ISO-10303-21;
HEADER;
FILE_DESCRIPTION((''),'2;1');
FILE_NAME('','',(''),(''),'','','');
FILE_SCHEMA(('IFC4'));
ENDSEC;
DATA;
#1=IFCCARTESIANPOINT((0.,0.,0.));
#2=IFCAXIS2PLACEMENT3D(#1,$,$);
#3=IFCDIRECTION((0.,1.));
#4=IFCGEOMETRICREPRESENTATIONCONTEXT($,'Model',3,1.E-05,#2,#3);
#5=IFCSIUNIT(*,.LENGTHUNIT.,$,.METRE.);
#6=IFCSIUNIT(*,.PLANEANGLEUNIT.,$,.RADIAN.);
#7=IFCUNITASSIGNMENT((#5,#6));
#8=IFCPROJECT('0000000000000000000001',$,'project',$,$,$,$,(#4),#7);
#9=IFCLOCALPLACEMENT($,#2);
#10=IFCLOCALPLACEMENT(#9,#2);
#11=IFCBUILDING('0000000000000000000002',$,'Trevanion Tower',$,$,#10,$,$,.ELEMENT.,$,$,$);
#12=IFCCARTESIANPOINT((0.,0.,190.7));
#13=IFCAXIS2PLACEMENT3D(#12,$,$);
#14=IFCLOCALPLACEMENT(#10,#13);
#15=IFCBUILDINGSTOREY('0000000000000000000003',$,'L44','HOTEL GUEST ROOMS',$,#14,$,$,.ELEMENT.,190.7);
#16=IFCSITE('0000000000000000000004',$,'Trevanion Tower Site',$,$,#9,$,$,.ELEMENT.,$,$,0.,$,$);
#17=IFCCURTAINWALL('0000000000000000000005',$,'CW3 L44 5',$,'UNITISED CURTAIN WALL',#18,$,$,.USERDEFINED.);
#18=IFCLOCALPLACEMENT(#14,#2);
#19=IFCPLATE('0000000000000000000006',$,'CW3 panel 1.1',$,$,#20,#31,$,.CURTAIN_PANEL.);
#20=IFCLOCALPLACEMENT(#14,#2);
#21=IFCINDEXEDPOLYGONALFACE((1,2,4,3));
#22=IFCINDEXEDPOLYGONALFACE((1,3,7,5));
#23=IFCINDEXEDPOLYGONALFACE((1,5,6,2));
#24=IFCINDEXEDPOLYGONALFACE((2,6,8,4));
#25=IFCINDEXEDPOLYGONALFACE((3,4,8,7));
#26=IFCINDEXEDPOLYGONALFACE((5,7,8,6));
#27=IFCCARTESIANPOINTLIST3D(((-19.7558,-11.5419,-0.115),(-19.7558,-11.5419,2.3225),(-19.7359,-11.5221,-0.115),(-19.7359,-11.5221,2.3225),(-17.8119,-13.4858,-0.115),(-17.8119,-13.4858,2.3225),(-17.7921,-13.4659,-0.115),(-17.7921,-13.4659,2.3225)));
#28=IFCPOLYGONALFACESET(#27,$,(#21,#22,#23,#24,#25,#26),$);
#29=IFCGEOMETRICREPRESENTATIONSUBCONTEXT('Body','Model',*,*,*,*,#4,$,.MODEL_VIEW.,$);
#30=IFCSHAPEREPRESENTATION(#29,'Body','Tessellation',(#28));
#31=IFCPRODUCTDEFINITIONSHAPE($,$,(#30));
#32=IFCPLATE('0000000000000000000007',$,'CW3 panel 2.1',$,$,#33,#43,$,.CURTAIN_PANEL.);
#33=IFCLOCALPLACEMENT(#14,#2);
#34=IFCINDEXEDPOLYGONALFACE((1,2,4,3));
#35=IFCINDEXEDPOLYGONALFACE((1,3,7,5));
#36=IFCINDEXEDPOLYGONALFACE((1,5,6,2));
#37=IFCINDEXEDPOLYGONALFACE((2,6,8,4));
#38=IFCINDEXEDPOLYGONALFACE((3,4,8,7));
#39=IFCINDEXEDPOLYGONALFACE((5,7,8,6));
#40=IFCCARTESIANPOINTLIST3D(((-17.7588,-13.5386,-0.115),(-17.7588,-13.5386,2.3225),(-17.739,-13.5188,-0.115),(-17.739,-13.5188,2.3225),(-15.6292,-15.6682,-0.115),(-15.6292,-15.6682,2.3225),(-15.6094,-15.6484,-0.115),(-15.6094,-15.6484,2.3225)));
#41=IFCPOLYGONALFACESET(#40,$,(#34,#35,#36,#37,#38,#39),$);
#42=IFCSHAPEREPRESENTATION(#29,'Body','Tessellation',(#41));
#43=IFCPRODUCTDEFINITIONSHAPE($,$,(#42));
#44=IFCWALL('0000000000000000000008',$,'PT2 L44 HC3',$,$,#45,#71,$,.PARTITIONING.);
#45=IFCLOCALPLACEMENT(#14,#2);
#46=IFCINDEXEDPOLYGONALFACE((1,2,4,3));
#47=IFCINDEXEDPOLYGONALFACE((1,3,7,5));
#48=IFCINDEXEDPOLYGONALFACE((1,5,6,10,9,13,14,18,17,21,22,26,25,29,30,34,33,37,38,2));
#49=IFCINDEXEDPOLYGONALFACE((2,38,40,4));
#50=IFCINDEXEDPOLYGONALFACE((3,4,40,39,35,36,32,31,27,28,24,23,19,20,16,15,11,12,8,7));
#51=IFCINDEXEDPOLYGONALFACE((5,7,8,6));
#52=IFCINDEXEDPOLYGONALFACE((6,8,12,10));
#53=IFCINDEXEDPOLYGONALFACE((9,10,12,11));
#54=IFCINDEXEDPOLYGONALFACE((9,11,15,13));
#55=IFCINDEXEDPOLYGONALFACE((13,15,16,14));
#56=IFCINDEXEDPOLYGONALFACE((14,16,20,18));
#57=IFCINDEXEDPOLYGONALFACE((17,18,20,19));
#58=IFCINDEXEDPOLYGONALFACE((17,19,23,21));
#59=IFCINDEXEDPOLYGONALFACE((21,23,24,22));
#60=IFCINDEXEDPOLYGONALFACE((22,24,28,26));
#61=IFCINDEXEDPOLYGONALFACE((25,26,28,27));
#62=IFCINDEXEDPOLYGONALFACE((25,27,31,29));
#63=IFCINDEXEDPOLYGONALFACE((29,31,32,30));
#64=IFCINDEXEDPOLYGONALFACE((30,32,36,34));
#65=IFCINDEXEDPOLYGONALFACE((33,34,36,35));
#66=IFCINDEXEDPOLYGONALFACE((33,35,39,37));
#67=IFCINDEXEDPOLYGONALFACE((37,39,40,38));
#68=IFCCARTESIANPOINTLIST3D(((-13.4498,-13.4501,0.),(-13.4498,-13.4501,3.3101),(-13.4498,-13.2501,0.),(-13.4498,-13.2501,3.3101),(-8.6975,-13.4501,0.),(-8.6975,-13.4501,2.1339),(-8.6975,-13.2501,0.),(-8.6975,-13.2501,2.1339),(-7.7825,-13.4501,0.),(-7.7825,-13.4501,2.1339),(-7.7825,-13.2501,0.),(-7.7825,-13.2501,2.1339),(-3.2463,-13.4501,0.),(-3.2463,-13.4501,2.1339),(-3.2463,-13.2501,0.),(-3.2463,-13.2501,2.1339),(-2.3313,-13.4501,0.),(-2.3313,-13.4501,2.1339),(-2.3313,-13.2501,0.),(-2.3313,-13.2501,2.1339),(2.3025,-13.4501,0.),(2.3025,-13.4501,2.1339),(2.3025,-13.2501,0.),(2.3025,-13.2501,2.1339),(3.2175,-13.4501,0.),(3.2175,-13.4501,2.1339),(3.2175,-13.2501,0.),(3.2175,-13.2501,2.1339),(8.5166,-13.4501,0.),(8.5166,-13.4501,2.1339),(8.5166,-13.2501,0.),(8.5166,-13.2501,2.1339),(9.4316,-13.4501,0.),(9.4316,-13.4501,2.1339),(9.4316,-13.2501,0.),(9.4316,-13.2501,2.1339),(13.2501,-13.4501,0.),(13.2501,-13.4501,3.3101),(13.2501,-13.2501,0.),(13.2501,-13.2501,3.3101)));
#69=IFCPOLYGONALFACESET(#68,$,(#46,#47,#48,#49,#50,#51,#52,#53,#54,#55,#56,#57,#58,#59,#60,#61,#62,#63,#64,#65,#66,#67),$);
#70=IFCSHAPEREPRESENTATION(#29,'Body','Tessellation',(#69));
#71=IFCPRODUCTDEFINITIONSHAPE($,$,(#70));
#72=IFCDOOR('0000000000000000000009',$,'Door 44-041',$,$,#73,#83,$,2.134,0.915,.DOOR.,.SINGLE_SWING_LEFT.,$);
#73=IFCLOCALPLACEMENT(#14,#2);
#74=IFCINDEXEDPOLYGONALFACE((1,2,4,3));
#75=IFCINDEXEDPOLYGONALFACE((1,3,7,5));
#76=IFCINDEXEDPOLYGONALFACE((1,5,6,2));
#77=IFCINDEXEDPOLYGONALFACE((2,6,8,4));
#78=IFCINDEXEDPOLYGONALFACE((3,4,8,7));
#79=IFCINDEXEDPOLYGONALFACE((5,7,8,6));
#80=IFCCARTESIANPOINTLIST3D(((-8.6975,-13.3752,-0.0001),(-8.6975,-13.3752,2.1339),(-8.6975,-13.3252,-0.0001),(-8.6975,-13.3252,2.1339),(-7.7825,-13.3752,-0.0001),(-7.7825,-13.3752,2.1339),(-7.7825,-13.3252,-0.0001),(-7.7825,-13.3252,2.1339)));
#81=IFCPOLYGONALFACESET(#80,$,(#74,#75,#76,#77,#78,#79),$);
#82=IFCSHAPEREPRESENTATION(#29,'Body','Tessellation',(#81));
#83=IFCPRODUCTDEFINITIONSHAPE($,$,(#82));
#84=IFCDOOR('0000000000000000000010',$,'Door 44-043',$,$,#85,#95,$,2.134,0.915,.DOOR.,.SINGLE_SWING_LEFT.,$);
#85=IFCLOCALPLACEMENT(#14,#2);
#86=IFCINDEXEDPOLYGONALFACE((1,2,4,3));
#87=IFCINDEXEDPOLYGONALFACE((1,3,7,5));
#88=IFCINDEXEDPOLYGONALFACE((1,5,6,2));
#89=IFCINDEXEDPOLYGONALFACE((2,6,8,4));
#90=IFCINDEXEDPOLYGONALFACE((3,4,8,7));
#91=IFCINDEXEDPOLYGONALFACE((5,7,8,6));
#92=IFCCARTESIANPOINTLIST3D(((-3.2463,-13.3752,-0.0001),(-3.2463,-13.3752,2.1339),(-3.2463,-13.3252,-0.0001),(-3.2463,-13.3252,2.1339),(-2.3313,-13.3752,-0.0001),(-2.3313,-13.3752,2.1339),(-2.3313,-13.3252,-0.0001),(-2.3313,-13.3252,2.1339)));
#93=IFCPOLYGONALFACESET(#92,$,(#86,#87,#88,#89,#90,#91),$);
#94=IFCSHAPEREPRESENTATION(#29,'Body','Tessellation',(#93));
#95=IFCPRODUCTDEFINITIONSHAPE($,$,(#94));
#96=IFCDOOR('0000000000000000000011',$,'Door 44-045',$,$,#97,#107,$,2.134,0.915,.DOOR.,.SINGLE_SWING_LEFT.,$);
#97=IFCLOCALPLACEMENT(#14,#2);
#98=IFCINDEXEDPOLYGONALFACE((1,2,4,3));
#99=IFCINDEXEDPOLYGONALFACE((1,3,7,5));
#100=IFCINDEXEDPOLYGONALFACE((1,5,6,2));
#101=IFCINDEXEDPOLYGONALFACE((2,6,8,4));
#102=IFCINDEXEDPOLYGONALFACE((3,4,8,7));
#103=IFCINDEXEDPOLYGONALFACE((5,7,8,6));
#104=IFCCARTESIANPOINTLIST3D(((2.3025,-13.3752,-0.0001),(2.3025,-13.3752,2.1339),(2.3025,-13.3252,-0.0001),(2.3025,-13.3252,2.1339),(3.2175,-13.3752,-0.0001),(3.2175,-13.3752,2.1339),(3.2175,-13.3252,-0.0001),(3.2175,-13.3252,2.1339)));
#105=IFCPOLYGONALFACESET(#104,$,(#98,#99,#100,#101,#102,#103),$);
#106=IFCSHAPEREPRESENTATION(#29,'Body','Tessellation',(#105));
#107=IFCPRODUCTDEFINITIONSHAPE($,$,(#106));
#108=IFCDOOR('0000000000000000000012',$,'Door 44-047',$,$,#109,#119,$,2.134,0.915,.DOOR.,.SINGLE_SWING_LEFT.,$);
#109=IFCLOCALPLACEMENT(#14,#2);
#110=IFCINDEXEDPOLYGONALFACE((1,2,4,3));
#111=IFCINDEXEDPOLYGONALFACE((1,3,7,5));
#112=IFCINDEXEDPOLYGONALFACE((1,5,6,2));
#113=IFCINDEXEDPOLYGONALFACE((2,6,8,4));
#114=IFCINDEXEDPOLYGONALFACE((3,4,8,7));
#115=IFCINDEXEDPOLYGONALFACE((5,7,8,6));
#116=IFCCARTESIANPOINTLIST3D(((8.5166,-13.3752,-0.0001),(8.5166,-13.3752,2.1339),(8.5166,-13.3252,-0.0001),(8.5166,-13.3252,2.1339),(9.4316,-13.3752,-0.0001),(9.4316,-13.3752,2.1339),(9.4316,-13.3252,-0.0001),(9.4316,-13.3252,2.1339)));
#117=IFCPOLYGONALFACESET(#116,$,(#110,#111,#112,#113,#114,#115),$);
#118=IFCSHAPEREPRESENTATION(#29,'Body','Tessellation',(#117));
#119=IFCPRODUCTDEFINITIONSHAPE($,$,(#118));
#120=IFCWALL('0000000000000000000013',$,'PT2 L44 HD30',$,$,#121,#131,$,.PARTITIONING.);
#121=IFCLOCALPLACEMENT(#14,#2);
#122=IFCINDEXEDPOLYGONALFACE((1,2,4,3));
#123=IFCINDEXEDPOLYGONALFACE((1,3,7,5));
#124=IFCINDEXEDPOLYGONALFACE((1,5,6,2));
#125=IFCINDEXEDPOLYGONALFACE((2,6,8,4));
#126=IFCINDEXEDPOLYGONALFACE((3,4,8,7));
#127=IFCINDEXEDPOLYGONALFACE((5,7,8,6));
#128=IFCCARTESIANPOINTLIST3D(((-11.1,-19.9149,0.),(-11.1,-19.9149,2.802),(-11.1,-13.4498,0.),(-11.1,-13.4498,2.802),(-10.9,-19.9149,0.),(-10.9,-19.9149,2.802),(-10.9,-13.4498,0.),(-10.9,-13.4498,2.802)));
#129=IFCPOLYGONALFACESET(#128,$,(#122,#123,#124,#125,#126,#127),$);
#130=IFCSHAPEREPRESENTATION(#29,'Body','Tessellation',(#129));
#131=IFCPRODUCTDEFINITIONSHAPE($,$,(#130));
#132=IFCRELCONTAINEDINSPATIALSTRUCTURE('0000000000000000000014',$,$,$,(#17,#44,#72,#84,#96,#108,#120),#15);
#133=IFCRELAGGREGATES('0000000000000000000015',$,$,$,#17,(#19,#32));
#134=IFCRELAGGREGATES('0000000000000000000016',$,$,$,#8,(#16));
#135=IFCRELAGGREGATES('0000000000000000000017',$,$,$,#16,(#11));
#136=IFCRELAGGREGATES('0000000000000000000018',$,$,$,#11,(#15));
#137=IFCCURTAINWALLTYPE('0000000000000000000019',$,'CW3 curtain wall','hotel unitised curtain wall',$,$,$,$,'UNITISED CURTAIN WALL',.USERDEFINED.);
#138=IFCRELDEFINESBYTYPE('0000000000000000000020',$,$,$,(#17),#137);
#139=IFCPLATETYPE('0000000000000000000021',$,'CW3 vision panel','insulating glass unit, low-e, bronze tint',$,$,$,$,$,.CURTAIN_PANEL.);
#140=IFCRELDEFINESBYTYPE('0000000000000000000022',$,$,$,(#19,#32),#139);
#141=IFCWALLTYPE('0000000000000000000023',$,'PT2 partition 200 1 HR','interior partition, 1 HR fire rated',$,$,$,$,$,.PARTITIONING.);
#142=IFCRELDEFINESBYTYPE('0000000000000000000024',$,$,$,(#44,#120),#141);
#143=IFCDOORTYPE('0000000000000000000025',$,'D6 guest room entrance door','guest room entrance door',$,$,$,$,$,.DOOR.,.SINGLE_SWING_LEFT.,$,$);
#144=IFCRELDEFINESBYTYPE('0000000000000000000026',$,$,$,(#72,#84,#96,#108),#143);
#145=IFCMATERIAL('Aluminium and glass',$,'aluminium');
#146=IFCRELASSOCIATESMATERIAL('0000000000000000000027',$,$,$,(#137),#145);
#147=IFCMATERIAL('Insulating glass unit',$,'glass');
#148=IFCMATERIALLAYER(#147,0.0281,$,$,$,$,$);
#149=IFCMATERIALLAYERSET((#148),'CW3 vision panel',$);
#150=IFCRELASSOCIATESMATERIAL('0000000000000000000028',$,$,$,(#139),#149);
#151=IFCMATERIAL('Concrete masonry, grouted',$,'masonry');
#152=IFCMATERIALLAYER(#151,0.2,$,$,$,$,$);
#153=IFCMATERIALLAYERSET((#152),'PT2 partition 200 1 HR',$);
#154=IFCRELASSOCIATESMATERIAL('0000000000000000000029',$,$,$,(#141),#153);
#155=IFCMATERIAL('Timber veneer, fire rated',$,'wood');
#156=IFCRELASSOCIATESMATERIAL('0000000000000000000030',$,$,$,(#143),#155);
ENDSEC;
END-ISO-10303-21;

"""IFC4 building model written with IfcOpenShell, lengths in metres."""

from ifc_helpers import new_model, si_unit, direction, frame, frame_2d, origin, origin_2d, place, context, subcontext, project, spatial, rectangle, extrude, material, layer, layer_set, type_object, element, fill, aggregate, save


model = new_model("IFC4")

# Units and contexts
model_context = context("Model", 3, precision=1e-05, world=origin(), true_north=direction((0.0, 1.0)))
body_context = subcontext(model_context, "Body", "Model", "MODEL_VIEW")
ifc_project = project(units=[si_unit("LENGTHUNIT", "METRE"), si_unit("PLANEANGLEUNIT", "RADIAN")], contexts=[model_context])

# Site, building, storey
site_placement = place(None, origin())
site = spatial("IfcSite", under=ifc_project, at=site_placement, Name="Trevanion Tower Site", CompositionType="ELEMENT", RefElevation=0.0)
building_placement = place(site_placement, origin())
building = spatial("IfcBuilding", under=site, at=building_placement, Name="Trevanion Tower", CompositionType="ELEMENT")
storey_placement = place(building_placement, frame((0.0, 0.0, 190.7)))
storey = spatial("IfcBuildingStorey", under=building, at=storey_placement, Name="L44", Description="HOTEL GUEST ROOMS", CompositionType="ELEMENT", Elevation=190.7)

# Curtain wall
ifc_material_1 = material(Name="Aluminium and glass", Category="aluminium")
curtain_wall_type = type_object("IfcCurtainWallType", Name="CW3 curtain wall", Description="hotel unitised curtain wall", ElementType="UNITISED CURTAIN WALL", PredefinedType="USERDEFINED", material=ifc_material_1)
curtain_wall_1_placement = place(storey_placement, origin())
curtain_wall_1 = element("IfcCurtainWall", 1, at=curtain_wall_1_placement, inside=storey, type_object=curtain_wall_type, Name="CW3 L44 5", ObjectType="UNITISED CURTAIN WALL", PredefinedType="USERDEFINED")

# Plates
ifc_material_2 = material(Name="Insulating glass unit", Category="glass")
ifc_layer_1 = layer(ifc_material_2, 0.0281)
ifc_layer_set_1 = layer_set([ifc_layer_1], Name="CW3 vision panel")
plate_type_1 = type_object("IfcPlateType", Name="CW3 vision panel", Description="insulating glass unit, low-e, bronze tint", PredefinedType="CURTAIN_PANEL", material=ifc_layer_set_1)
plate_1_placement = place(storey_placement, frame((-18.7739, -12.5039, -0.115), z_axis=(0.0, 0.0, 1.0), x_axis=(0.707107, -0.707107, 0.0)))
plate_1 = element("IfcPlate", 2, at=plate_1_placement, type_object=plate_type_1, Name="CW3 panel 1.1", PredefinedType="CURTAIN_PANEL", context=body_context, shape_type="SweptSolid", body=[
    extrude(rectangle(XDim=2.749, YDim=0.0281, at=origin_2d()), origin(), (0.0, 0.0, 1.0), 2.4375),
])
plate_2_placement = place(storey_placement, frame((-16.6841, -14.5935, -0.115), z_axis=(0.0, 0.0, 1.0), x_axis=(0.707107, -0.707107, 0.0)))
plate_2 = element("IfcPlate", 3, at=plate_2_placement, type_object=plate_type_1, Name="CW3 panel 2.1", PredefinedType="CURTAIN_PANEL", context=body_context, shape_type="SweptSolid", body=[
    extrude(rectangle(XDim=3.0117, YDim=0.0281, at=origin_2d()), origin(), (0.0, 0.0, 1.0), 2.4375),
])
aggregate(curtain_wall_1, [plate_1, plate_2])

# Wall, openings, doors
ifc_material_3 = material(Name="Concrete masonry, grouted", Category="masonry")
ifc_layer_2 = layer(ifc_material_3, 0.2)
ifc_layer_set_2 = layer_set([ifc_layer_2], Name="PT2 partition 200 1 HR")
wall_type = type_object("IfcWallType", Name="PT2 partition 200 1 HR", Description="interior partition, 1 HR fire rated", PredefinedType="PARTITIONING", material=ifc_layer_set_2)
wall_1_placement = place(storey_placement, frame((-13.45, -13.3501, 0.0), z_axis=(0.0, 0.0, 1.0), x_axis=(1.0, 0.0, 0.0)))
wall_1 = element("IfcWall", 4, at=wall_1_placement, inside=storey, type_object=wall_type, Name="PT2 L44 HC3", PredefinedType="PARTITIONING", context=body_context, shape_type="SweptSolid", body=[
    extrude(rectangle(XDim=26.7, YDim=0.2, at=frame_2d((13.3501, 0.0))), origin(), (0.0, 0.0, 1.0), 3.3101),
])
opening_1_placement = place(wall_1_placement, frame((4.7524, 0.0, 0.0)))
opening_1 = element("IfcOpeningElement", 5, at=opening_1_placement, cuts=wall_1, PredefinedType="OPENING", context=body_context, shape_type="SweptSolid", body=[
    extrude(rectangle(XDim=0.915, YDim=2.134, at=frame_2d((0.4575, 1.0669))), frame((0.0, 0.1099, 0.0), z_axis=(0.0, -1.0, 0.0), x_axis=(1.0, 0.0, 0.0)), (0.0, 0.0, 1.0), 0.22),
])
opening_2_placement = place(wall_1_placement, frame((10.2036, 0.0, 0.0)))
opening_2 = element("IfcOpeningElement", 6, at=opening_2_placement, cuts=wall_1, PredefinedType="OPENING", context=body_context, shape_type="SweptSolid", body=[
    extrude(rectangle(XDim=0.915, YDim=2.134, at=frame_2d((0.4575, 1.0669))), frame((0.0, 0.1099, 0.0), z_axis=(0.0, -1.0, 0.0), x_axis=(1.0, 0.0, 0.0)), (0.0, 0.0, 1.0), 0.22),
])
opening_3_placement = place(wall_1_placement, frame((15.7524, 0.0, 0.0)))
opening_3 = element("IfcOpeningElement", 7, at=opening_3_placement, cuts=wall_1, PredefinedType="OPENING", context=body_context, shape_type="SweptSolid", body=[
    extrude(rectangle(XDim=0.915, YDim=2.134, at=frame_2d((0.4575, 1.0669))), frame((0.0, 0.1099, 0.0), z_axis=(0.0, -1.0, 0.0), x_axis=(1.0, 0.0, 0.0)), (0.0, 0.0, 1.0), 0.22),
])
opening_4_placement = place(wall_1_placement, frame((21.9666, 0.0, 0.0)))
opening_4 = element("IfcOpeningElement", 8, at=opening_4_placement, cuts=wall_1, PredefinedType="OPENING", context=body_context, shape_type="SweptSolid", body=[
    extrude(rectangle(XDim=0.915, YDim=2.134, at=frame_2d((0.4575, 1.0669))), frame((0.0, 0.1099, 0.0), z_axis=(0.0, -1.0, 0.0), x_axis=(1.0, 0.0, 0.0)), (0.0, 0.0, 1.0), 0.22),
])
ifc_material_4 = material(Name="Timber veneer, fire rated", Category="wood")
door_type = type_object("IfcDoorType", Name="D6 guest room entrance door", Description="guest room entrance door", OperationType="SINGLE_SWING_LEFT", PredefinedType="DOOR", material=ifc_material_4)
door_1_placement = place(opening_1_placement, origin())
door_1 = element("IfcDoor", 9, at=door_1_placement, inside=storey, type_object=door_type, Name="Door 44-041", OperationType="SINGLE_SWING_LEFT", OverallHeight=2.134, OverallWidth=0.915, PredefinedType="DOOR", context=body_context, shape_type="SweptSolid", body=[
    extrude(rectangle(XDim=0.915, YDim=2.134, at=frame_2d((0.4575, 1.0669))), frame((0.0, 0.0249, 0.0), z_axis=(0.0, -1.0, 0.0), x_axis=(1.0, 0.0, 0.0)), (0.0, 0.0, 1.0), 0.05),
])
fill(opening_1, door_1)
door_2_placement = place(opening_2_placement, origin())
door_2 = element("IfcDoor", 10, at=door_2_placement, inside=storey, type_object=door_type, Name="Door 44-043", OperationType="SINGLE_SWING_LEFT", OverallHeight=2.134, OverallWidth=0.915, PredefinedType="DOOR", context=body_context, shape_type="SweptSolid", body=[
    extrude(rectangle(XDim=0.915, YDim=2.134, at=frame_2d((0.4575, 1.0669))), frame((0.0, 0.0249, 0.0), z_axis=(0.0, -1.0, 0.0), x_axis=(1.0, 0.0, 0.0)), (0.0, 0.0, 1.0), 0.05),
])
fill(opening_2, door_2)
door_3_placement = place(opening_3_placement, origin())
door_3 = element("IfcDoor", 11, at=door_3_placement, inside=storey, type_object=door_type, Name="Door 44-045", OperationType="SINGLE_SWING_LEFT", OverallHeight=2.134, OverallWidth=0.915, PredefinedType="DOOR", context=body_context, shape_type="SweptSolid", body=[
    extrude(rectangle(XDim=0.915, YDim=2.134, at=frame_2d((0.4575, 1.0669))), frame((0.0, 0.0249, 0.0), z_axis=(0.0, -1.0, 0.0), x_axis=(1.0, 0.0, 0.0)), (0.0, 0.0, 1.0), 0.05),
])
fill(opening_3, door_3)
door_4_placement = place(opening_4_placement, origin())
door_4 = element("IfcDoor", 12, at=door_4_placement, inside=storey, type_object=door_type, Name="Door 44-047", OperationType="SINGLE_SWING_LEFT", OverallHeight=2.134, OverallWidth=0.915, PredefinedType="DOOR", context=body_context, shape_type="SweptSolid", body=[
    extrude(rectangle(XDim=0.915, YDim=2.134, at=frame_2d((0.4575, 1.0669))), frame((0.0, 0.0249, 0.0), z_axis=(0.0, -1.0, 0.0), x_axis=(1.0, 0.0, 0.0)), (0.0, 0.0, 1.0), 0.05),
])
fill(opening_4, door_4)

# Wall
wall_2_placement = place(storey_placement, frame((-11.0, -13.45, 0.0), z_axis=(0.0, 0.0, 1.0), x_axis=(0.0, -1.0, 0.0)))
element("IfcWall", 13, at=wall_2_placement, inside=storey, type_object=wall_type, Name="PT2 L44 HD30", PredefinedType="PARTITIONING", context=body_context, shape_type="SweptSolid", body=[
    extrude(rectangle(XDim=6.4651, YDim=0.2, at=frame_2d((3.2324, 0.0))), origin(), (0.0, 0.0, 1.0), 2.802),
])

save(model, "model.ifc")
